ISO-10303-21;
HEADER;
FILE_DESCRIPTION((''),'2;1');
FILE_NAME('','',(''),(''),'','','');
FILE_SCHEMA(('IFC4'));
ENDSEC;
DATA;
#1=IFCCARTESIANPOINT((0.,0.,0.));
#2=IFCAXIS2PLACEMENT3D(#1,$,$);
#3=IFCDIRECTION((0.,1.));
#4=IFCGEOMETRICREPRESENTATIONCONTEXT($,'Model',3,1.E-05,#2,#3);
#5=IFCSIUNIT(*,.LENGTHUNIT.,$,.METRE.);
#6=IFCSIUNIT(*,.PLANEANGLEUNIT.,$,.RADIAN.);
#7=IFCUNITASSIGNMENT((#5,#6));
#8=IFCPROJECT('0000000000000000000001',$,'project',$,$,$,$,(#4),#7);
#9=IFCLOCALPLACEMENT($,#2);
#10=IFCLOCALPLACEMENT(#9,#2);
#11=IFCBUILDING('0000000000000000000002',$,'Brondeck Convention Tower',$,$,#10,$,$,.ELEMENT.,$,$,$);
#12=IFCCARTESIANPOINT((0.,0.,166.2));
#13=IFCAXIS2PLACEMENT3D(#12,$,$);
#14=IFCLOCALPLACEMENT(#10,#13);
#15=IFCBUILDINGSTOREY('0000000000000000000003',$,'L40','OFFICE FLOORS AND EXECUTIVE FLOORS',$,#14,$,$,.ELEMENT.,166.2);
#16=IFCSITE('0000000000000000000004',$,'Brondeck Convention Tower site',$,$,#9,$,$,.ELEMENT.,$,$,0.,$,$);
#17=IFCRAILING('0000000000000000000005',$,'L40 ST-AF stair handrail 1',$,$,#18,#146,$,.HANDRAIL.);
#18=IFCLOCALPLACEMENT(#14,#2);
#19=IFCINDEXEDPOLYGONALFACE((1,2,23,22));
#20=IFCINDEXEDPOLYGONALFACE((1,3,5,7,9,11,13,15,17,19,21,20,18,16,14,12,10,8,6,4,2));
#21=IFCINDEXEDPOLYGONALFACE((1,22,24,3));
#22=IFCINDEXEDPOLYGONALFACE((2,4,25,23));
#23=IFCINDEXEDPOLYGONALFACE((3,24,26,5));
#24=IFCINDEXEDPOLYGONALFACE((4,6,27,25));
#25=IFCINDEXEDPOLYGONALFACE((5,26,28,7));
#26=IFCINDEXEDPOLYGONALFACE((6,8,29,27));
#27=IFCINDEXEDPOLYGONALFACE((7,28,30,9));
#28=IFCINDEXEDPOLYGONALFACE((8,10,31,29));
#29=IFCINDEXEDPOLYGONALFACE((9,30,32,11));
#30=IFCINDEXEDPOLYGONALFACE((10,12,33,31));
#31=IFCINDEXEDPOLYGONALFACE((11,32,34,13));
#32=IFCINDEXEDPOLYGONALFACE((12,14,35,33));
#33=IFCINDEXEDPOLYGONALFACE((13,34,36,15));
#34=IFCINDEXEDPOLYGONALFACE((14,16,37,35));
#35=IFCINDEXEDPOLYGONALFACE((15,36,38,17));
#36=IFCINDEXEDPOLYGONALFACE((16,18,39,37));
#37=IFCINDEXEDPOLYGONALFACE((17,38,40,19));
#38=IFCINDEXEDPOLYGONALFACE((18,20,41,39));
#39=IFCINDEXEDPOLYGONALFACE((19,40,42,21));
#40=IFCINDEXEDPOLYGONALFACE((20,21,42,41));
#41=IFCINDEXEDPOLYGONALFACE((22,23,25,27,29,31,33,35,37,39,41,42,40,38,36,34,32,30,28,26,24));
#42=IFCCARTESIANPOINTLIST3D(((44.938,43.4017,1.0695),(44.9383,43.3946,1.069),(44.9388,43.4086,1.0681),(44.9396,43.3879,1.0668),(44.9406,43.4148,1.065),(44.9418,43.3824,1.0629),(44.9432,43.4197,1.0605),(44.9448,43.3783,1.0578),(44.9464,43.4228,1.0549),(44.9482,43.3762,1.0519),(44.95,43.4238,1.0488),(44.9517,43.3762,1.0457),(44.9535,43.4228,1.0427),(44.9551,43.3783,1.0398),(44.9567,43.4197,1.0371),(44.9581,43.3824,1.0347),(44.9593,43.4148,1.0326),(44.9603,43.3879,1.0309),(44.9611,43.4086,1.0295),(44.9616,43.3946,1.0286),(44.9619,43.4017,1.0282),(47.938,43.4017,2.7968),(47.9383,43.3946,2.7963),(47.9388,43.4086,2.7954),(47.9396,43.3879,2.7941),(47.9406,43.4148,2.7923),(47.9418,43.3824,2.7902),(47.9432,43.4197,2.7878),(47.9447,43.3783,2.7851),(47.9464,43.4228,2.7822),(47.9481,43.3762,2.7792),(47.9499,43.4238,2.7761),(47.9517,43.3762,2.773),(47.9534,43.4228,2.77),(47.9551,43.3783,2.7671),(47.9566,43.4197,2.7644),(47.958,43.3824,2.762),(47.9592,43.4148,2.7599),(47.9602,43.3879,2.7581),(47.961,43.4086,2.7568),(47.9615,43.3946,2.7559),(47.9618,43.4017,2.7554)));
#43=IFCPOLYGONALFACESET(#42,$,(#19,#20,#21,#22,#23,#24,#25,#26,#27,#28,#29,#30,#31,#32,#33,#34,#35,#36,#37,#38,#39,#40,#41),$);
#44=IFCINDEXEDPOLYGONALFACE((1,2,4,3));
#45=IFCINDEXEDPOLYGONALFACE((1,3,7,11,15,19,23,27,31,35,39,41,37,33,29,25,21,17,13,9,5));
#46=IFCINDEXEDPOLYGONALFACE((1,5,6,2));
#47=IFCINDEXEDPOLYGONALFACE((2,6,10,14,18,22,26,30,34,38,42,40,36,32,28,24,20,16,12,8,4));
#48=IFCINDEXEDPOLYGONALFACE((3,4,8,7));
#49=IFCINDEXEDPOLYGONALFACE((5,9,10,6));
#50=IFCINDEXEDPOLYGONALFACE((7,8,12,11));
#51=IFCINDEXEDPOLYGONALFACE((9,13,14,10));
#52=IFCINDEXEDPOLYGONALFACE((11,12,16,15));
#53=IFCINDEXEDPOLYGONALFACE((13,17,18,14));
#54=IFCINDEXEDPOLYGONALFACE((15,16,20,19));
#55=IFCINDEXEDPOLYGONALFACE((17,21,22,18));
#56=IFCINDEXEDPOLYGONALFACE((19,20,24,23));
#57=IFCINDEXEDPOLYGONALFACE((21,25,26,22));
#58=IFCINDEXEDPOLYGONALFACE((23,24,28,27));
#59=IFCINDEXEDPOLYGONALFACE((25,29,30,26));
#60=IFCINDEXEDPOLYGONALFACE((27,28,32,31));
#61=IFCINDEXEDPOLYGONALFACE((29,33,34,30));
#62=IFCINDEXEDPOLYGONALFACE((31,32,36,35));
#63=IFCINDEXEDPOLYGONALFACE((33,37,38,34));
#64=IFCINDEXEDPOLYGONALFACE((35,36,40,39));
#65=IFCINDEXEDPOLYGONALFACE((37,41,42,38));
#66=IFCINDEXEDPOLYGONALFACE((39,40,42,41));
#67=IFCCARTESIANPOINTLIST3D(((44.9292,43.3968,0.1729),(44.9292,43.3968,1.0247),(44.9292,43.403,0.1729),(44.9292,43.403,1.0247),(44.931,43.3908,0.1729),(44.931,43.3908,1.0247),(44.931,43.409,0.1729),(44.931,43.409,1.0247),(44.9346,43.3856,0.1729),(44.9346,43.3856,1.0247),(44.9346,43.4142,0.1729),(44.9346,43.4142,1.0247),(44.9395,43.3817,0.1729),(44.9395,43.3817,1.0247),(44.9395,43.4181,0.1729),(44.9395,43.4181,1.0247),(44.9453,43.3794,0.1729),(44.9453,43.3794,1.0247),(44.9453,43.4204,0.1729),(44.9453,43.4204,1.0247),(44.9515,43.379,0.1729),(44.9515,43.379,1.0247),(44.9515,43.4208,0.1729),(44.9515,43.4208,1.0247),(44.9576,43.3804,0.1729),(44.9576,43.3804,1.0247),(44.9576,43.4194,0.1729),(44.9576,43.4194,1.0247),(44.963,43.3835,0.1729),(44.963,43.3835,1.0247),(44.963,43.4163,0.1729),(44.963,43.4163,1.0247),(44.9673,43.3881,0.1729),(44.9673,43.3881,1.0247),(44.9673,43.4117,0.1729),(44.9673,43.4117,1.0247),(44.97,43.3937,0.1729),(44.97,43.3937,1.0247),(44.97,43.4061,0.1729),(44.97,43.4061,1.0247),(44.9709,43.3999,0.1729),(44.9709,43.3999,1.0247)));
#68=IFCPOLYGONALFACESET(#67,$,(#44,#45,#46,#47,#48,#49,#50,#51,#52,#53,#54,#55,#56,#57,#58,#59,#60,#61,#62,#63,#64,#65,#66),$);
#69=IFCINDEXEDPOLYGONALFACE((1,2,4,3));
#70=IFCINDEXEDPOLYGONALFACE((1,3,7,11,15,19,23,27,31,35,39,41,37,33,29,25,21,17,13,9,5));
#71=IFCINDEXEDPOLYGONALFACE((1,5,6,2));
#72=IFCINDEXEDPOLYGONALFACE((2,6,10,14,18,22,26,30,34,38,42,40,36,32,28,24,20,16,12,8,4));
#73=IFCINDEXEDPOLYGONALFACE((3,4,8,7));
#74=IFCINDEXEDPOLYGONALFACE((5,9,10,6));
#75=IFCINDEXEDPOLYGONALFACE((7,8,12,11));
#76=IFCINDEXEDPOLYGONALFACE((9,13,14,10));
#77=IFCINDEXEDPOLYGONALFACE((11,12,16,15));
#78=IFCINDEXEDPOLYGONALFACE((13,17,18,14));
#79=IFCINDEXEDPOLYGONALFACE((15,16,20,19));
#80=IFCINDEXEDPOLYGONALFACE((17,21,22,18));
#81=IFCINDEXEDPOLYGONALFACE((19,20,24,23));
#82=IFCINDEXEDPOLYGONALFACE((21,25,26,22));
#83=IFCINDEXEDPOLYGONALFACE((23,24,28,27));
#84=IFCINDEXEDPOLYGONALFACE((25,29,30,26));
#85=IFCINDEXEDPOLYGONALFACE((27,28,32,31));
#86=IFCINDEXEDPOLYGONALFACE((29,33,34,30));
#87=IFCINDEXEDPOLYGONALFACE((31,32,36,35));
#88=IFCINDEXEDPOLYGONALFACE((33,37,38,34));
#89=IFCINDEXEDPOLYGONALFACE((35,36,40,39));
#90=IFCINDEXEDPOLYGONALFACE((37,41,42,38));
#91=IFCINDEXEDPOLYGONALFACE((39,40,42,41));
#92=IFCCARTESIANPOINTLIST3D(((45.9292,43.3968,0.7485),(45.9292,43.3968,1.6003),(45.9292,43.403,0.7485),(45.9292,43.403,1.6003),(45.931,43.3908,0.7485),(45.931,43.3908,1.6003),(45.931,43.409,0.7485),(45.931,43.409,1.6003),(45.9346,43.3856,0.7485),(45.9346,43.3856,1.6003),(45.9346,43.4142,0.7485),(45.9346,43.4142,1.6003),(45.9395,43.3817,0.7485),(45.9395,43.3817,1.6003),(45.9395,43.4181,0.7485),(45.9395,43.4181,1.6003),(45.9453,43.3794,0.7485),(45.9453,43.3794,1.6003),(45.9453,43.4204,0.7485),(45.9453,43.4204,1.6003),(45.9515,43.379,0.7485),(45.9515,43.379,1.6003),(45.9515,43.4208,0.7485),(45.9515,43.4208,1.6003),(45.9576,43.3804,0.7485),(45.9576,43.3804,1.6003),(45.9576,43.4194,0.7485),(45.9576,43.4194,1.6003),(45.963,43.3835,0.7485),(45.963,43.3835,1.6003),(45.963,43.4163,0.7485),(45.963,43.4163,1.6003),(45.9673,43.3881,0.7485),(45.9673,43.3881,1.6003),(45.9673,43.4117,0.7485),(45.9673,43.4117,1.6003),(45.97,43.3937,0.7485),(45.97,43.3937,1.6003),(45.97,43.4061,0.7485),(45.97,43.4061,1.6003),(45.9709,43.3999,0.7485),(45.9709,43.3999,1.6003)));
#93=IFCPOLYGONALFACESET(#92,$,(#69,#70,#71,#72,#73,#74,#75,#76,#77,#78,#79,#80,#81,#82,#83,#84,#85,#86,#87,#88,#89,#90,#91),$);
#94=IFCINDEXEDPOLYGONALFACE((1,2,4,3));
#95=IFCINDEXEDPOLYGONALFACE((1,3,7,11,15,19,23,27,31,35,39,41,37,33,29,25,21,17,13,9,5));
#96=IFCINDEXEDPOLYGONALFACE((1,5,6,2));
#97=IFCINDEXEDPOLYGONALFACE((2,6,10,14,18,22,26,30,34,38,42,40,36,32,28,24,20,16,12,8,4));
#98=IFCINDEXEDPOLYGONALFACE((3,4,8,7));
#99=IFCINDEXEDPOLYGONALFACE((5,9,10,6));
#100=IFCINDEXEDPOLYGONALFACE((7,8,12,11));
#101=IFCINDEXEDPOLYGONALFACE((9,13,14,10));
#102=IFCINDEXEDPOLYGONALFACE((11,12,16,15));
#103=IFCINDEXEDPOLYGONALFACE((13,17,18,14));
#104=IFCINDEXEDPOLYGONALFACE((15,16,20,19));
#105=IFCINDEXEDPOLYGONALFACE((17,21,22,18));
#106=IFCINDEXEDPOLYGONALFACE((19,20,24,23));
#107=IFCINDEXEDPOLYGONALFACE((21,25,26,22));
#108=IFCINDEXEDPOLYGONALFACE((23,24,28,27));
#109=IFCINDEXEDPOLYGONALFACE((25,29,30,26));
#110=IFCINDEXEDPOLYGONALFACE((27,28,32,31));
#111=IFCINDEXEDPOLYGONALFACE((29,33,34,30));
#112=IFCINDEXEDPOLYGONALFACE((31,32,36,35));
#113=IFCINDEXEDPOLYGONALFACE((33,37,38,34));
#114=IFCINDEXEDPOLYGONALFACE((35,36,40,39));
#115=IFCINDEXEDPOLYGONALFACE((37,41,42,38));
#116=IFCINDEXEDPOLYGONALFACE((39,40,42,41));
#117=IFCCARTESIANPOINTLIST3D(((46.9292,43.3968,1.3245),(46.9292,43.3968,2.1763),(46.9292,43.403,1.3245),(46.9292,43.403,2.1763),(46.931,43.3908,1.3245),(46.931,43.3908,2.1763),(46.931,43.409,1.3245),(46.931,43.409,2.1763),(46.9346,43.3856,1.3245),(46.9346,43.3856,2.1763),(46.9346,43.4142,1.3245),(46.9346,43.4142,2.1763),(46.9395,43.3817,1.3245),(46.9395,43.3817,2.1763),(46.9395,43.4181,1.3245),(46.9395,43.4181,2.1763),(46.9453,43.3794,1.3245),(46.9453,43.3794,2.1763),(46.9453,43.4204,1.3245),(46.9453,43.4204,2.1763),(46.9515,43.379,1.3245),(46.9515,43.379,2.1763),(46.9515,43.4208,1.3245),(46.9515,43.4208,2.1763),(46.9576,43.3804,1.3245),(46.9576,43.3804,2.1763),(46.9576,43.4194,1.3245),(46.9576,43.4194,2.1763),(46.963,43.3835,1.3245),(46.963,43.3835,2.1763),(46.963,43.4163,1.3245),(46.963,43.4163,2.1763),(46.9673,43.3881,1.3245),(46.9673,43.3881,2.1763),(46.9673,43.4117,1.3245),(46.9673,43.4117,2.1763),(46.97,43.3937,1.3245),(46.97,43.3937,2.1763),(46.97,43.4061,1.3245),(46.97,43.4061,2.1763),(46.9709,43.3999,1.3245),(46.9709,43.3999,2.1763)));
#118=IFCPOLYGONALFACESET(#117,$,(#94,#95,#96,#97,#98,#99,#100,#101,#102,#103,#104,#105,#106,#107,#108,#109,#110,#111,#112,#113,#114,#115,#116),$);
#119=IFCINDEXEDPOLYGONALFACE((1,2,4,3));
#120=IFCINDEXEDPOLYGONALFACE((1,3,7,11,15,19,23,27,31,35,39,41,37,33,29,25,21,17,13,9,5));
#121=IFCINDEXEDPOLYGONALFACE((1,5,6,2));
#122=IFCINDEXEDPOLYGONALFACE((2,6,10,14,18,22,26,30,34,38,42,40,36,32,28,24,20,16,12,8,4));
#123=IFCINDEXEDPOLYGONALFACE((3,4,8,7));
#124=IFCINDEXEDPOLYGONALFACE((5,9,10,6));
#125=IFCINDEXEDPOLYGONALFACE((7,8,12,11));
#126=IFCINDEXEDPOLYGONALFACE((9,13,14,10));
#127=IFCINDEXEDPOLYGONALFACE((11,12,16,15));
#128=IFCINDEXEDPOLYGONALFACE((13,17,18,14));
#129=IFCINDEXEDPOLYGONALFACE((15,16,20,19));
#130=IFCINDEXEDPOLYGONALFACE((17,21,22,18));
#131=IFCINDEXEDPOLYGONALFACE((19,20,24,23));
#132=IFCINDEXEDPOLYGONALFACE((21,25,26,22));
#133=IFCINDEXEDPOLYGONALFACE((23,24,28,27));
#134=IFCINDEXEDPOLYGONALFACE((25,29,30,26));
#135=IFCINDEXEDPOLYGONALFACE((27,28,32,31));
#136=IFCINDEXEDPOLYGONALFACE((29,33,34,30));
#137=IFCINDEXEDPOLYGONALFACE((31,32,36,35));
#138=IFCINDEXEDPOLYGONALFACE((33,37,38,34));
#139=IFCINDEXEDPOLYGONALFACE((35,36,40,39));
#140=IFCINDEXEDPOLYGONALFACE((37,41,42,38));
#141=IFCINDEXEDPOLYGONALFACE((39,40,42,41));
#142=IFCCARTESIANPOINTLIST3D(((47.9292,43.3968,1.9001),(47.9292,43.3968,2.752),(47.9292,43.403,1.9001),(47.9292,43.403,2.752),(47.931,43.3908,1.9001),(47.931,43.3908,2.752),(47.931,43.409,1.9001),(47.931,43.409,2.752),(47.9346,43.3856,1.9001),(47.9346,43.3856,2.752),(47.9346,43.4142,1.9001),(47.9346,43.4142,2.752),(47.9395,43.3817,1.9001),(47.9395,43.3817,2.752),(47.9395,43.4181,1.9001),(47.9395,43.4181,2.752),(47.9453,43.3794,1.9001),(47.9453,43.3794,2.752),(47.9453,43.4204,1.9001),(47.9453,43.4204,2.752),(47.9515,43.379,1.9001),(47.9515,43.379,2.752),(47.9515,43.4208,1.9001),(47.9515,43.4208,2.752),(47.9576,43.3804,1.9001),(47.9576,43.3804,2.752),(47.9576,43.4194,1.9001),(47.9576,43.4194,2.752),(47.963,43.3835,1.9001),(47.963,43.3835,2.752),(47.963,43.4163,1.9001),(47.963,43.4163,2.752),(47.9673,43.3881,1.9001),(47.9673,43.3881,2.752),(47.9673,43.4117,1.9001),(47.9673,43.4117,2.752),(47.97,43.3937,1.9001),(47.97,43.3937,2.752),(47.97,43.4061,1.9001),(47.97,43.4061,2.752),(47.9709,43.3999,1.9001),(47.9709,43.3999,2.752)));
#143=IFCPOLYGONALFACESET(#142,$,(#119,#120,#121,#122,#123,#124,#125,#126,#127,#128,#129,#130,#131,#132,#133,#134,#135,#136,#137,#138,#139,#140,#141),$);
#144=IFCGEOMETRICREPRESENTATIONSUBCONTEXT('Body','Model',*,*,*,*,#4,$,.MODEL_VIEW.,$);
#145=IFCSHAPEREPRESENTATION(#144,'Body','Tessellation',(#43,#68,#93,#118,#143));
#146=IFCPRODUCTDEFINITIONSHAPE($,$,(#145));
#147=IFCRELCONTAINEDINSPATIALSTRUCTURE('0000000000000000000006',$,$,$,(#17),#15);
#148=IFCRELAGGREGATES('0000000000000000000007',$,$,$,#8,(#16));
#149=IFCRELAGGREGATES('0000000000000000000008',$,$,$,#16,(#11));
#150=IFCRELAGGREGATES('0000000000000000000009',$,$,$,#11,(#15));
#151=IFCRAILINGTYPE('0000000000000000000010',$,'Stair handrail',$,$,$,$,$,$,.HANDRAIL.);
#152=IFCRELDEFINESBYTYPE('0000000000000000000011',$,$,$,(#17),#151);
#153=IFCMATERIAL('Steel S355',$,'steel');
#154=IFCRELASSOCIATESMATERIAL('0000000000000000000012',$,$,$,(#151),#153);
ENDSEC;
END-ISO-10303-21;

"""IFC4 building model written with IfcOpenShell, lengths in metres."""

from ifc_helpers import new_model, si_unit, direction, frame, origin, origin_2d, place, context, subcontext, project, spatial, circle, extrude, material, type_object, element, save


model = new_model("IFC4")

# Units and contexts
model_context = context("Model", 3, precision=1e-05, world=origin(), true_north=direction((0.0, 1.0)))
body_context = subcontext(model_context, "Body", "Model", "MODEL_VIEW")
ifc_project = project(units=[si_unit("LENGTHUNIT", "METRE"), si_unit("PLANEANGLEUNIT", "RADIAN")], contexts=[model_context])

# Site, building, storey
site_placement = place(None, origin())
site = spatial("IfcSite", under=ifc_project, at=site_placement, Name="Brondeck Convention Tower site", CompositionType="ELEMENT", RefElevation=0.0)
building_placement = place(site_placement, origin())
building = spatial("IfcBuilding", under=site, at=building_placement, Name="Brondeck Convention Tower", CompositionType="ELEMENT")
storey_placement = place(building_placement, frame((0.0, 0.0, 166.2)))
storey = spatial("IfcBuildingStorey", under=building, at=storey_placement, Name="L40", Description="OFFICE FLOORS AND EXECUTIVE FLOORS", CompositionType="ELEMENT", Elevation=166.2)

# Shared definitions
ifc_material_1 = material(Name="Steel S355", Category="steel")

# Railing
railing_type_1 = type_object("IfcRailingType", Name="Stair handrail", PredefinedType="HANDRAIL", material=ifc_material_1)
railing_1_placement = place(storey_placement, frame((44.95, 43.3999, 0.1729)))
element("IfcRailing", 1, at=railing_1_placement, inside=storey, type_object=railing_type_1, Name="L40 ST-AF stair handrail 1", PredefinedType="HANDRAIL", context=body_context, shape_type="SweptSolid", body=[
    extrude(circle(Radius=0.0239, at=origin_2d()), frame((0.0, 0.0, 0.876), z_axis=(0.86662, 0.0, 0.498969), x_axis=(0.0, 1.0, 0.0)), (0.0, 0.0, 1.0), 3.4617),
    extrude(circle(Radius=0.021, at=origin_2d()), origin(), (0.0, 0.0, 1.0), 0.8518),
    extrude(circle(Radius=0.021, at=origin_2d()), frame((1.0, 0.0, 0.5757)), (0.0, 0.0, 1.0), 0.8518),
    extrude(circle(Radius=0.021, at=origin_2d()), frame((2.0, 0.0, 1.1516)), (0.0, 0.0, 1.0), 0.8518),
    extrude(circle(Radius=0.021, at=origin_2d()), frame((3.0, 0.0, 1.7273)), (0.0, 0.0, 1.0), 0.8518),
])

save(model, "model.ifc")
